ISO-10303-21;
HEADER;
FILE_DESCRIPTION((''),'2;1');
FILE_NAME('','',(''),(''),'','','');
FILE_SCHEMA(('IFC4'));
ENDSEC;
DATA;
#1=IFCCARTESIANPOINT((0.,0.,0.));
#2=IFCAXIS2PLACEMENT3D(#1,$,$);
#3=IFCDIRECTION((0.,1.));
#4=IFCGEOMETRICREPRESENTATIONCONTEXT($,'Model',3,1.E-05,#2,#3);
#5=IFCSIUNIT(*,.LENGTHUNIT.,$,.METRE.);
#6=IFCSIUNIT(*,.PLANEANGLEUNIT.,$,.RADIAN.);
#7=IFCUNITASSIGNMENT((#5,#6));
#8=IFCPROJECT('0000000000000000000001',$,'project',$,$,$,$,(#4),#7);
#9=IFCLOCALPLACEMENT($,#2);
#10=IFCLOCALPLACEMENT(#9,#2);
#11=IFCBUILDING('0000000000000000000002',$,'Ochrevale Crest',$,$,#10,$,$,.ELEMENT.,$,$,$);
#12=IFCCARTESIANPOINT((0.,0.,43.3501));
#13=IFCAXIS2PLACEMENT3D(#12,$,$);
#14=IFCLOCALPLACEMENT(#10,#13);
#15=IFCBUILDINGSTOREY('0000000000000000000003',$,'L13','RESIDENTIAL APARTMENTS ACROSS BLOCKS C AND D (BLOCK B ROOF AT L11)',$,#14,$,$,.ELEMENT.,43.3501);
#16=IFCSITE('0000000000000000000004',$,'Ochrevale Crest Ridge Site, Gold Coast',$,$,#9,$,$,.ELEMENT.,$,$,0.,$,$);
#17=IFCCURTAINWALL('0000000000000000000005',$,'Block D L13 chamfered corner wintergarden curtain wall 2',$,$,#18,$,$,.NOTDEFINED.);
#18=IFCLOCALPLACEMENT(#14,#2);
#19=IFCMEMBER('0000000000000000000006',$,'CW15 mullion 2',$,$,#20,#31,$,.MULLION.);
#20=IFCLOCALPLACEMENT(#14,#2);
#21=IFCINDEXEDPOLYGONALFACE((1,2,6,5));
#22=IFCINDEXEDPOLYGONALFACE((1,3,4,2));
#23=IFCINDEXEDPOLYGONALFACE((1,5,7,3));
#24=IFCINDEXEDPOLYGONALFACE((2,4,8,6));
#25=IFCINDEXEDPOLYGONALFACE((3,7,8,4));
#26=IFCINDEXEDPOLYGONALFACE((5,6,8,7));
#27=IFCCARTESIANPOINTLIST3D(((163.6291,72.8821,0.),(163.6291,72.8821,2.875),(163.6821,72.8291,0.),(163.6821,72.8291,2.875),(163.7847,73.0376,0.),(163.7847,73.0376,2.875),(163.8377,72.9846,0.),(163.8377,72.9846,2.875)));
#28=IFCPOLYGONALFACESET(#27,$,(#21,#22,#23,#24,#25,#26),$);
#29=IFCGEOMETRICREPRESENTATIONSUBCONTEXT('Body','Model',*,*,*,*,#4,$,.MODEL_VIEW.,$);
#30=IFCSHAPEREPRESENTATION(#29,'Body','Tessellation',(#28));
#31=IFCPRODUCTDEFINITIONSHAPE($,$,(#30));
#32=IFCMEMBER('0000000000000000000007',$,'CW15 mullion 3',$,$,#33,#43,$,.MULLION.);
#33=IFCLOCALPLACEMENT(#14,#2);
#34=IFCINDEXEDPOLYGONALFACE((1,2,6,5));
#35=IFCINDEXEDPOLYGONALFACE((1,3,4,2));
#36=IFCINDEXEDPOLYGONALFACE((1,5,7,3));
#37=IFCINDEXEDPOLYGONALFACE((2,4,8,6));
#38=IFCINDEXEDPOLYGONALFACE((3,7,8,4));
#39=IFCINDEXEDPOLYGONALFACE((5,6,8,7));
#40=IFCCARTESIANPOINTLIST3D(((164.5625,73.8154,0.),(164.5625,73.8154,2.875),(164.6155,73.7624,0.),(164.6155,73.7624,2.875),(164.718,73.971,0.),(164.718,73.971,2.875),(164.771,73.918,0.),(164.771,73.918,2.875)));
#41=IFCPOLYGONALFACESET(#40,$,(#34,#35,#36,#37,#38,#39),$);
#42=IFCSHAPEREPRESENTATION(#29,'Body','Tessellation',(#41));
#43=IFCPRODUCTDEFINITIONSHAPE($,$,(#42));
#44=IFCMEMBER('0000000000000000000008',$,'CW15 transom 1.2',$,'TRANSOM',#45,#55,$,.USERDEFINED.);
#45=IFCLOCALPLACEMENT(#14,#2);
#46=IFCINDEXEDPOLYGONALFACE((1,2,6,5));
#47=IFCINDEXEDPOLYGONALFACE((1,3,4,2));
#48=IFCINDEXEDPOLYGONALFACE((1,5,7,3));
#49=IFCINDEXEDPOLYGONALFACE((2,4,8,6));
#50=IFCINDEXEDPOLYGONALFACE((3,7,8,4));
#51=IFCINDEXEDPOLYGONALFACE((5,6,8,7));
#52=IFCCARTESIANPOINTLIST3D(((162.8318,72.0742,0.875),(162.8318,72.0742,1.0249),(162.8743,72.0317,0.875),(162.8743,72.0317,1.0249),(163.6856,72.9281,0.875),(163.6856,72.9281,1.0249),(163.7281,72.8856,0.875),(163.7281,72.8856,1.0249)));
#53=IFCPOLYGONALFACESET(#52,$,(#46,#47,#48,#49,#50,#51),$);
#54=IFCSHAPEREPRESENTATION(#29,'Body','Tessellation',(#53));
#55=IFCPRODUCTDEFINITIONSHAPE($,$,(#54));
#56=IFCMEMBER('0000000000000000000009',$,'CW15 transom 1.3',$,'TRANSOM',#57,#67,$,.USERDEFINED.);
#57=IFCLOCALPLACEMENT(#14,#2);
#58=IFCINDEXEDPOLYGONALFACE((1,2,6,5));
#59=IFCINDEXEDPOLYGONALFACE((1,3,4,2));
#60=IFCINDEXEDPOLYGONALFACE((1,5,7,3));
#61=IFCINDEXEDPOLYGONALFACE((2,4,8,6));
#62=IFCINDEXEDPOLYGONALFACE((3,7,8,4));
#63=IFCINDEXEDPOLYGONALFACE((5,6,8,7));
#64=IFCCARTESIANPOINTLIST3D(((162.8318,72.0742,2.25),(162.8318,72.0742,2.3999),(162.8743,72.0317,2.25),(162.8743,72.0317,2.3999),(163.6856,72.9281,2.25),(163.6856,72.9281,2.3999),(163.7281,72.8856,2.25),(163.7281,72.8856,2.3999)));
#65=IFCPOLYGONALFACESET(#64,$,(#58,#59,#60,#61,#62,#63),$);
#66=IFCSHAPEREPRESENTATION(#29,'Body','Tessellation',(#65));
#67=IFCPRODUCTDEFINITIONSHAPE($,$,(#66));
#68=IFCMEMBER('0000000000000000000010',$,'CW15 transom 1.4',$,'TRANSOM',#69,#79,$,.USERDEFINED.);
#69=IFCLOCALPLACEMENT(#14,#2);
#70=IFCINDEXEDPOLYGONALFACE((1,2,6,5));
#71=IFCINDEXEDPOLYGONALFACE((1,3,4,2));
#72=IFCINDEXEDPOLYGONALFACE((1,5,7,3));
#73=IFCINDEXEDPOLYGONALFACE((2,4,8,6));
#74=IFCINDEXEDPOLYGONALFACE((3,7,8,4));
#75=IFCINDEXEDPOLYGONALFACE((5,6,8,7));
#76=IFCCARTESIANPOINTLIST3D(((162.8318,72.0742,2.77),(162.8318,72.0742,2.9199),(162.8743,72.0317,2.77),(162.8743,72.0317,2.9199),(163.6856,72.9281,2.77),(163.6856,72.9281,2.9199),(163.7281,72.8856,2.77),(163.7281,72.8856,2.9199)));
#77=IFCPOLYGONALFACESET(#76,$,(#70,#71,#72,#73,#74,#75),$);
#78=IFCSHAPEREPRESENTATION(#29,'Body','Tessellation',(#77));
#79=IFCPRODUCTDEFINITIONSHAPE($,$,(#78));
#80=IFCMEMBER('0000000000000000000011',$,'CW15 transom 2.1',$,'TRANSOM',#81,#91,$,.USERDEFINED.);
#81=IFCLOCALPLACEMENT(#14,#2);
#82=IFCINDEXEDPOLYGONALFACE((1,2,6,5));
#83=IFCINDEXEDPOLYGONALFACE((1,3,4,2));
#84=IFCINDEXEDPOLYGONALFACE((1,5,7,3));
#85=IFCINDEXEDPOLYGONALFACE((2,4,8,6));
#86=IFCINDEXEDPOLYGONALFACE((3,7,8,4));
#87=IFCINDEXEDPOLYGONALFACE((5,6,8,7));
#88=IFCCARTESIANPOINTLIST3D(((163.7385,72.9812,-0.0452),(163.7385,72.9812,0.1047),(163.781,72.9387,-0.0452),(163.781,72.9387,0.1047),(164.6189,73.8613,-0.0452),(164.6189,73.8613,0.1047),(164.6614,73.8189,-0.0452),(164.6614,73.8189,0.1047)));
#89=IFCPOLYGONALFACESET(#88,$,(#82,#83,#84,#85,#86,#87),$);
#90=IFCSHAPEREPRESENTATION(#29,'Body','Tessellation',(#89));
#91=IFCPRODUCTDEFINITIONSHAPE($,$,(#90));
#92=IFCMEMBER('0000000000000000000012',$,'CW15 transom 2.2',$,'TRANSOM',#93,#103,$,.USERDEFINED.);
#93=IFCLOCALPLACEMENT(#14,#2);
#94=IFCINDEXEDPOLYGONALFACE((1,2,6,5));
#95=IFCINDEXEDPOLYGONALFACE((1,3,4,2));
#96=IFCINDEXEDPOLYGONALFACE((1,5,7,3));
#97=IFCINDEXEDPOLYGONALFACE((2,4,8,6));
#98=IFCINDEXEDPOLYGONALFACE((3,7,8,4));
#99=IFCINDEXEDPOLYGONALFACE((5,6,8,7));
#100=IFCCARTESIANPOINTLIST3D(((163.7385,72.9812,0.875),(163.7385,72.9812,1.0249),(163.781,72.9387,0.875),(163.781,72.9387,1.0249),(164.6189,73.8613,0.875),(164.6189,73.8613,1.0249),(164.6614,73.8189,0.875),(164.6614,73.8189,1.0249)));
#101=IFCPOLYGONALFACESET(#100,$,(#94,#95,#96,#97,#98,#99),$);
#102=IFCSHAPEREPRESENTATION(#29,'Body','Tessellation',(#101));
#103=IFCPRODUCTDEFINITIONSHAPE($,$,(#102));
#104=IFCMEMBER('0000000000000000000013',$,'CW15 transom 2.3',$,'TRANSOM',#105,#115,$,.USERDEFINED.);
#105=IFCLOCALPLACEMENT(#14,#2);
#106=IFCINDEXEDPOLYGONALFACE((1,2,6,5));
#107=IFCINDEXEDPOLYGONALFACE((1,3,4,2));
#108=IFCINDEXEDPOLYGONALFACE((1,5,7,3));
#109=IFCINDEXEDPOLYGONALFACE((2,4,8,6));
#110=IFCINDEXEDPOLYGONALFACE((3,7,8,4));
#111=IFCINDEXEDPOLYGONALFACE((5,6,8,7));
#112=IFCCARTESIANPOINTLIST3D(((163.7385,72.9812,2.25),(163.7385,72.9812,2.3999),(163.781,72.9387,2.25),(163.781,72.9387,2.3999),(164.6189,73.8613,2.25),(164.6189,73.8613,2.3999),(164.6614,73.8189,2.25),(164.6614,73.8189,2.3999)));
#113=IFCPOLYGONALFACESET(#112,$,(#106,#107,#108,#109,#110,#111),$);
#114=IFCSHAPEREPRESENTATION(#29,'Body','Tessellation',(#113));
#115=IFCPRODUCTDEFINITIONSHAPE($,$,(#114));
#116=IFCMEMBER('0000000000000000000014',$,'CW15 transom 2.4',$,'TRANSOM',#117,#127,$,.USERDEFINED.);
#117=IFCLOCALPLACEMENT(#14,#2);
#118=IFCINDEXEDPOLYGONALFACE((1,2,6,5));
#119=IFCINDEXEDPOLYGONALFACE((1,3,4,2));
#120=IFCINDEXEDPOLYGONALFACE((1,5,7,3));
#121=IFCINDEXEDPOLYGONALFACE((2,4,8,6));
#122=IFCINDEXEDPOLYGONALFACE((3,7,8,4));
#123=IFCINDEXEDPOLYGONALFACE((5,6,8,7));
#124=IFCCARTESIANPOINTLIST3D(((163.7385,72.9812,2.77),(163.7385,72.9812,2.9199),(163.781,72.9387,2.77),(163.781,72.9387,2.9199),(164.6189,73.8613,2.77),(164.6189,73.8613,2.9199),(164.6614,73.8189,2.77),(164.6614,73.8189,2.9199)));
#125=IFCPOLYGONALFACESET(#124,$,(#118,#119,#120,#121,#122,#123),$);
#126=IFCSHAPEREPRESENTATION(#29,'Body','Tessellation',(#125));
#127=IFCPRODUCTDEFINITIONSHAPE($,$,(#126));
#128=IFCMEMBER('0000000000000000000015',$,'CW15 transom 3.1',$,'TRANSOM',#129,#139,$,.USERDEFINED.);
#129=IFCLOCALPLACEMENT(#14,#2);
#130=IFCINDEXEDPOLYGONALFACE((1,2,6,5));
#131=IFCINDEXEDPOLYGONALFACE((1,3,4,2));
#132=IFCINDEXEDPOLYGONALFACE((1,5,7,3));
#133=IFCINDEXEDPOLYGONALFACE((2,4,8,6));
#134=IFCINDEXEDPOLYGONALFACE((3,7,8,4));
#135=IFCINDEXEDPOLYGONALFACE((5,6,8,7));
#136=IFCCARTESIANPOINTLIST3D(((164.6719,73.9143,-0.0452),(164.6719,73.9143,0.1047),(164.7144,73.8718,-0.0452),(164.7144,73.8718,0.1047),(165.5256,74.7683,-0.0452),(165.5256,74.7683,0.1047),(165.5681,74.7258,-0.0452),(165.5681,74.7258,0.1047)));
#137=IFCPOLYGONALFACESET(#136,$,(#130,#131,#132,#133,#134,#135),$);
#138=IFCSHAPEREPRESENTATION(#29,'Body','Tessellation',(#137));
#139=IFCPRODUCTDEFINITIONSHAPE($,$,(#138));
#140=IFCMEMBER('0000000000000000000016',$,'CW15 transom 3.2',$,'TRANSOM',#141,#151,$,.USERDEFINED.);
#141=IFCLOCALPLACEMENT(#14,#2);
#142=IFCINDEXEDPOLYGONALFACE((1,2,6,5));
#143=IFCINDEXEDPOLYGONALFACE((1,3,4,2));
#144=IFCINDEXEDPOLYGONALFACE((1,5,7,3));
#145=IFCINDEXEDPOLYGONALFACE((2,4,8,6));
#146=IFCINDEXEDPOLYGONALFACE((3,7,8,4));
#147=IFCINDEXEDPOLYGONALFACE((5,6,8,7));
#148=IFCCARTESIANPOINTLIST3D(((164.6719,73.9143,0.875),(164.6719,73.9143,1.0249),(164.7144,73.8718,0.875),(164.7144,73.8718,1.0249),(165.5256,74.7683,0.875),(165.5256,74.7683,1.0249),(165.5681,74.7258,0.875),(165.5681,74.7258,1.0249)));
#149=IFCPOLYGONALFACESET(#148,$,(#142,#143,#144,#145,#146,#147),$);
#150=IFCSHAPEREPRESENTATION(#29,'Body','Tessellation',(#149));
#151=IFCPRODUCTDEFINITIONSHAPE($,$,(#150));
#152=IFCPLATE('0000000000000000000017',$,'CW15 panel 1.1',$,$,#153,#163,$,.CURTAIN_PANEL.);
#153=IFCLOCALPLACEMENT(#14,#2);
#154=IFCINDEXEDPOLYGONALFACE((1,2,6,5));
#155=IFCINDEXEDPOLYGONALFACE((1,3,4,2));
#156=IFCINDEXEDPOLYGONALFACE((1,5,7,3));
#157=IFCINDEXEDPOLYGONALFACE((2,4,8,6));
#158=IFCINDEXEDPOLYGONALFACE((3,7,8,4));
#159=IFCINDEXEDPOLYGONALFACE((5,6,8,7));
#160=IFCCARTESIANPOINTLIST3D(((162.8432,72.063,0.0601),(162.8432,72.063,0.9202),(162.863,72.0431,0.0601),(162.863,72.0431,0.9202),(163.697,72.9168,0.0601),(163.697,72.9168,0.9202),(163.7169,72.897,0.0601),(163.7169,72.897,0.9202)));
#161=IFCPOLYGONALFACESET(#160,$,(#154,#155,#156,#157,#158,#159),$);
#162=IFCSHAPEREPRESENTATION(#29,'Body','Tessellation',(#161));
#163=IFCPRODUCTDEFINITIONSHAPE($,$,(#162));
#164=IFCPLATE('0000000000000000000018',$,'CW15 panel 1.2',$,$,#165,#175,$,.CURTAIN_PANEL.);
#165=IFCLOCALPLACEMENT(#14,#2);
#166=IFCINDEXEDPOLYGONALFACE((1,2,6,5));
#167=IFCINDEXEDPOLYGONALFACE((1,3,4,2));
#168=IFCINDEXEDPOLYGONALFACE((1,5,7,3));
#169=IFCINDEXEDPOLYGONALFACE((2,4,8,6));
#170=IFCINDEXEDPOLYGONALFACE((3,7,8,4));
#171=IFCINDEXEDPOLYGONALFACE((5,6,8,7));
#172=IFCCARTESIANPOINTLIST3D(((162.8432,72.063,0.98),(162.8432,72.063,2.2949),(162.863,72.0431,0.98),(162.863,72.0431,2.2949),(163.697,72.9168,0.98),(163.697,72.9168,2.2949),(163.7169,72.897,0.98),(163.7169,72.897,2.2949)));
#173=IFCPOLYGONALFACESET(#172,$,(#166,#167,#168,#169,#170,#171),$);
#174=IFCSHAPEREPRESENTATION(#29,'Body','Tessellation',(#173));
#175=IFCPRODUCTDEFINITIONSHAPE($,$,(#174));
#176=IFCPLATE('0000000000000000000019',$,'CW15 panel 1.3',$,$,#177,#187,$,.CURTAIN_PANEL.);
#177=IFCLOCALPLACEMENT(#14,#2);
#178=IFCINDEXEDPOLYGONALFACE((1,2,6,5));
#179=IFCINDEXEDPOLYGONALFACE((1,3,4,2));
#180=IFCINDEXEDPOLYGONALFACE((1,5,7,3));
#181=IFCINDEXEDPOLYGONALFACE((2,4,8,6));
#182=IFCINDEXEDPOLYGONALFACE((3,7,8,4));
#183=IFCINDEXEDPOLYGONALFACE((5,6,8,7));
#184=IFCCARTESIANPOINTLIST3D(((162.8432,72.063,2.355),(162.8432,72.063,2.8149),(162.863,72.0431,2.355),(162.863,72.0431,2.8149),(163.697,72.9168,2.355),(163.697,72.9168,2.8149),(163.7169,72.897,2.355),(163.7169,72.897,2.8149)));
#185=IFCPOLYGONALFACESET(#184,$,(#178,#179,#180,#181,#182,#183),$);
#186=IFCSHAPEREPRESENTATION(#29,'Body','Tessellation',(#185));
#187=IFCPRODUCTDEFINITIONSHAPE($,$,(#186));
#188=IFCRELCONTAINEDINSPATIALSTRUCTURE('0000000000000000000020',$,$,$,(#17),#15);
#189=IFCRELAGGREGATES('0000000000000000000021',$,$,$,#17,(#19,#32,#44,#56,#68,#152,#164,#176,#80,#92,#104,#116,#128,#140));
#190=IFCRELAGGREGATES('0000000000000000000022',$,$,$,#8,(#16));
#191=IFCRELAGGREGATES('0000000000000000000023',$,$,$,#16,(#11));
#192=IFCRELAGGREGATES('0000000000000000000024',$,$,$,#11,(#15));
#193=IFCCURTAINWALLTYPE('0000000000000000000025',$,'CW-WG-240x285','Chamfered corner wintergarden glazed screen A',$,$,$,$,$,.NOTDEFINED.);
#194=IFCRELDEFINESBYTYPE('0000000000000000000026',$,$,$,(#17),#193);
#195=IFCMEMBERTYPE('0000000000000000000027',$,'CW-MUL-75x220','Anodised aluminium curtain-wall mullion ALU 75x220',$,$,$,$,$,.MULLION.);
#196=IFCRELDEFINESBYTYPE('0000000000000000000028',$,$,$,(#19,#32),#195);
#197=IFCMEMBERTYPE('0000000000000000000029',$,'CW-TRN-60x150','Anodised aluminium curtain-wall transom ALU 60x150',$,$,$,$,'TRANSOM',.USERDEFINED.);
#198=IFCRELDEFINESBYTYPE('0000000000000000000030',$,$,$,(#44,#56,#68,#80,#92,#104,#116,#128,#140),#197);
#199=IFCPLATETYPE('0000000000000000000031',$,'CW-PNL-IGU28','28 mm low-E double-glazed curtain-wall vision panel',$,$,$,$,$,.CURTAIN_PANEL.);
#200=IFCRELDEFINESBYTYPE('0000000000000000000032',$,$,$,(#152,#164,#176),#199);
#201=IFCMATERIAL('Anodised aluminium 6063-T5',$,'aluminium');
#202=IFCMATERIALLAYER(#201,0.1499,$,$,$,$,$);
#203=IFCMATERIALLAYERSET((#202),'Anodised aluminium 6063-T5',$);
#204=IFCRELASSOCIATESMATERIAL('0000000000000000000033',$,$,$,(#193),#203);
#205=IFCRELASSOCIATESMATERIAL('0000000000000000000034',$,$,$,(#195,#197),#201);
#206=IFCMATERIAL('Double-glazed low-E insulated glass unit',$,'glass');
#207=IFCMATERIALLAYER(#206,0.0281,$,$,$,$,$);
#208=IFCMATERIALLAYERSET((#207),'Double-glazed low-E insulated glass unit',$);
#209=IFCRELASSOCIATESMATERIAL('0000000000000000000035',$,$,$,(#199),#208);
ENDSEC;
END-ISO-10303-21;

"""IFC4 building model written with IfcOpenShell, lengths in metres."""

from ifc_helpers import new_model, si_unit, direction, frame, origin, origin_2d, place, context, subcontext, project, spatial, rectangle, extrude, material, layer, layer_set, material_profile, profile_set, type_object, element, aggregate, save


model = new_model("IFC4")

# Units and contexts
model_context = context("Model", 3, precision=1e-05, world=origin(), true_north=direction((0.0, 1.0)))
body_context = subcontext(model_context, "Body", "Model", "MODEL_VIEW")
ifc_project = project(units=[si_unit("LENGTHUNIT", "METRE"), si_unit("PLANEANGLEUNIT", "RADIAN")], contexts=[model_context])

# Site, building, storey
site_placement = place(None, origin())
site = spatial("IfcSite", under=ifc_project, at=site_placement, Name="Ochrevale Crest Ridge Site, Gold Coast", CompositionType="ELEMENT", RefElevation=0.0)
building_placement = place(site_placement, origin())
building = spatial("IfcBuilding", under=site, at=building_placement, Name="Ochrevale Crest", CompositionType="ELEMENT")
storey_placement = place(building_placement, frame((0.0, 0.0, 43.3501)))
storey = spatial("IfcBuildingStorey", under=building, at=storey_placement, Name="L13", Description="RESIDENTIAL APARTMENTS ACROSS BLOCKS C AND D (BLOCK B ROOF AT L11)", CompositionType="ELEMENT", Elevation=43.3501)

# Curtain wall, members, plates
ifc_material_1 = material(Name="Anodised aluminium 6063-T5", Category="aluminium")
ifc_layer_1 = layer(ifc_material_1, 0.1499)
ifc_layer_set_1 = layer_set([ifc_layer_1], Name="Anodised aluminium 6063-T5")
curtain_wall_type = type_object("IfcCurtainWallType", Name="CW-WG-240x285", Description="Chamfered corner wintergarden glazed screen A", PredefinedType="NOTDEFINED", material=ifc_layer_set_1)
curtain_wall_placement = place(storey_placement, origin())
curtain_wall = element("IfcCurtainWall", 1, at=curtain_wall_placement, inside=storey, type_object=curtain_wall_type, Name="Block D L13 chamfered corner wintergarden curtain wall 2", PredefinedType="NOTDEFINED")
ifc_material_profile_1 = material_profile(ifc_material_1, rectangle(XDim=0.075, YDim=0.22, at=origin_2d()), Name="ALU 75x220")
ifc_profile_set_1 = profile_set([ifc_material_profile_1], Name="Anodised aluminium 6063-T5")
member_type_1 = type_object("IfcMemberType", Name="CW-MUL-75x220", Description="Anodised aluminium curtain-wall mullion ALU 75x220", PredefinedType="MULLION", material=ifc_profile_set_1)
member_1_placement = place(storey_placement, frame((163.7334, 72.9333, 0.0), z_axis=(0.0, 0.0, 1.0), x_axis=(-0.707107, 0.707107, 0.0)))
member_1 = element("IfcMember", 2, at=member_1_placement, type_object=member_type_1, Name="CW15 mullion 2", PredefinedType="MULLION", context=body_context, shape_type="SweptSolid", body=[
    extrude(rectangle(XDim=0.075, YDim=0.22, at=origin_2d()), origin(), (0.0, 0.0, 1.0), 2.875),
])
member_2_placement = place(storey_placement, frame((164.6667, 73.8667, 0.0), z_axis=(0.0, 0.0, 1.0), x_axis=(-0.707107, 0.707107, 0.0)))
member_2 = element("IfcMember", 3, at=member_2_placement, type_object=member_type_1, Name="CW15 mullion 3", PredefinedType="MULLION", context=body_context, shape_type="SweptSolid", body=[
    extrude(rectangle(XDim=0.075, YDim=0.22, at=origin_2d()), origin(), (0.0, 0.0, 1.0), 2.875),
])
ifc_material_profile_2 = material_profile(ifc_material_1, rectangle(XDim=0.0601, YDim=0.1499, at=origin_2d()), Name="ALU 60x150")
ifc_profile_set_2 = profile_set([ifc_material_profile_2], Name="Anodised aluminium 6063-T5")
member_type_2 = type_object("IfcMemberType", Name="CW-TRN-60x150", Description="Anodised aluminium curtain-wall transom ALU 60x150", ElementType="TRANSOM", PredefinedType="USERDEFINED", material=ifc_profile_set_2)
member_3_placement = place(storey_placement, frame((162.853, 72.053, 0.95), z_axis=(0.707107, 0.707107, 0.0), x_axis=(-0.707107, 0.707107, 0.0)))
member_3 = element("IfcMember", 4, at=member_3_placement, type_object=member_type_2, Name="CW15 transom 1.2", ObjectType="TRANSOM", PredefinedType="USERDEFINED", context=body_context, shape_type="SweptSolid", body=[
    extrude(rectangle(XDim=0.0601, YDim=0.1499, at=origin_2d()), origin(), (0.0, 0.0, 1.0), 1.2075),
])
member_4_placement = place(storey_placement, frame((162.853, 72.053, 2.325), z_axis=(0.707107, 0.707107, 0.0), x_axis=(-0.707107, 0.707107, 0.0)))
member_4 = element("IfcMember", 5, at=member_4_placement, type_object=member_type_2, Name="CW15 transom 1.3", ObjectType="TRANSOM", PredefinedType="USERDEFINED", context=body_context, shape_type="SweptSolid", body=[
    extrude(rectangle(XDim=0.0601, YDim=0.1499, at=origin_2d()), origin(), (0.0, 0.0, 1.0), 1.2075),
])
member_5_placement = place(storey_placement, frame((162.853, 72.053, 2.845), z_axis=(0.707107, 0.707107, 0.0), x_axis=(-0.707107, 0.707107, 0.0)))
member_5 = element("IfcMember", 6, at=member_5_placement, type_object=member_type_2, Name="CW15 transom 1.4", ObjectType="TRANSOM", PredefinedType="USERDEFINED", context=body_context, shape_type="SweptSolid", body=[
    extrude(rectangle(XDim=0.0601, YDim=0.1499, at=origin_2d()), origin(), (0.0, 0.0, 1.0), 1.2075),
])
member_6_placement = place(storey_placement, frame((163.7598, 72.96, 0.0298), z_axis=(0.707205, 0.707009, 0.0), x_axis=(-0.707009, 0.707205, 0.0)))
member_6 = element("IfcMember", 7, at=member_6_placement, type_object=member_type_2, Name="CW15 transom 2.1", ObjectType="TRANSOM", PredefinedType="USERDEFINED", context=body_context, shape_type="SweptSolid", body=[
    extrude(rectangle(XDim=0.0601, YDim=0.1499, at=origin_2d()), origin(), (0.0, 0.0, 1.0), 1.2449),
])
member_7_placement = place(storey_placement, frame((163.7598, 72.96, 0.95), z_axis=(0.707205, 0.707009, 0.0), x_axis=(-0.707009, 0.707205, 0.0)))
member_7 = element("IfcMember", 8, at=member_7_placement, type_object=member_type_2, Name="CW15 transom 2.2", ObjectType="TRANSOM", PredefinedType="USERDEFINED", context=body_context, shape_type="SweptSolid", body=[
    extrude(rectangle(XDim=0.0601, YDim=0.1499, at=origin_2d()), origin(), (0.0, 0.0, 1.0), 1.2449),
])
member_8_placement = place(storey_placement, frame((163.7598, 72.96, 2.325), z_axis=(0.707205, 0.707009, 0.0), x_axis=(-0.707009, 0.707205, 0.0)))
member_8 = element("IfcMember", 9, at=member_8_placement, type_object=member_type_2, Name="CW15 transom 2.3", ObjectType="TRANSOM", PredefinedType="USERDEFINED", context=body_context, shape_type="SweptSolid", body=[
    extrude(rectangle(XDim=0.0601, YDim=0.1499, at=origin_2d()), origin(), (0.0, 0.0, 1.0), 1.2449),
])
member_9_placement = place(storey_placement, frame((163.7598, 72.96, 2.845), z_axis=(0.707205, 0.707009, 0.0), x_axis=(-0.707009, 0.707205, 0.0)))
member_9 = element("IfcMember", 10, at=member_9_placement, type_object=member_type_2, Name="CW15 transom 2.4", ObjectType="TRANSOM", PredefinedType="USERDEFINED", context=body_context, shape_type="SweptSolid", body=[
    extrude(rectangle(XDim=0.0601, YDim=0.1499, at=origin_2d()), origin(), (0.0, 0.0, 1.0), 1.2449),
])
member_10_placement = place(storey_placement, frame((164.6931, 73.8931, 0.0298), z_axis=(0.707006, 0.707208, 0.0), x_axis=(-0.707208, 0.707006, 0.0)))
member_10 = element("IfcMember", 11, at=member_10_placement, type_object=member_type_2, Name="CW15 transom 3.1", ObjectType="TRANSOM", PredefinedType="USERDEFINED", context=body_context, shape_type="SweptSolid", body=[
    extrude(rectangle(XDim=0.0601, YDim=0.1499, at=origin_2d()), origin(), (0.0, 0.0, 1.0), 1.2075),
])
member_11_placement = place(storey_placement, frame((164.6931, 73.8931, 0.95), z_axis=(0.707006, 0.707208, 0.0), x_axis=(-0.707208, 0.707006, 0.0)))
member_11 = element("IfcMember", 12, at=member_11_placement, type_object=member_type_2, Name="CW15 transom 3.2", ObjectType="TRANSOM", PredefinedType="USERDEFINED", context=body_context, shape_type="SweptSolid", body=[
    extrude(rectangle(XDim=0.0601, YDim=0.1499, at=origin_2d()), origin(), (0.0, 0.0, 1.0), 1.2075),
])
ifc_material_2 = material(Name="Double-glazed low-E insulated glass unit", Category="glass")
ifc_layer_2 = layer(ifc_material_2, 0.0281)
ifc_layer_set_2 = layer_set([ifc_layer_2], Name="Double-glazed low-E insulated glass unit")
plate_type = type_object("IfcPlateType", Name="CW-PNL-IGU28", Description="28 mm low-E double-glazed curtain-wall vision panel", PredefinedType="CURTAIN_PANEL", material=ifc_layer_set_2)
plate_1_placement = place(storey_placement, frame((163.28, 72.48, 0.0601), z_axis=(0.0, 0.0, 1.0), x_axis=(0.707107, 0.707107, 0.0)))
plate_1 = element("IfcPlate", 13, at=plate_1_placement, type_object=plate_type, Name="CW15 panel 1.1", PredefinedType="CURTAIN_PANEL", context=body_context, shape_type="SweptSolid", body=[
    extrude(rectangle(XDim=1.2075, YDim=0.0281, at=origin_2d()), origin(), (0.0, 0.0, 1.0), 0.8601),
])
plate_2_placement = place(storey_placement, frame((163.28, 72.48, 0.98), z_axis=(0.0, 0.0, 1.0), x_axis=(0.707107, 0.707107, 0.0)))
plate_2 = element("IfcPlate", 14, at=plate_2_placement, type_object=plate_type, Name="CW15 panel 1.2", PredefinedType="CURTAIN_PANEL", context=body_context, shape_type="SweptSolid", body=[
    extrude(rectangle(XDim=1.2075, YDim=0.0281, at=origin_2d()), origin(), (0.0, 0.0, 1.0), 1.3149),
])
plate_3_placement = place(storey_placement, frame((163.28, 72.48, 2.355), z_axis=(0.0, 0.0, 1.0), x_axis=(0.707107, 0.707107, 0.0)))
plate_3 = element("IfcPlate", 15, at=plate_3_placement, type_object=plate_type, Name="CW15 panel 1.3", PredefinedType="CURTAIN_PANEL", context=body_context, shape_type="SweptSolid", body=[
    extrude(rectangle(XDim=1.2075, YDim=0.0281, at=origin_2d()), origin(), (0.0, 0.0, 1.0), 0.46),
])
aggregate(curtain_wall, [member_1, member_2, member_3, member_4, member_5, plate_1, plate_2, plate_3, member_6, member_7, member_8, member_9, member_10, member_11])

save(model, "model.ifc")
